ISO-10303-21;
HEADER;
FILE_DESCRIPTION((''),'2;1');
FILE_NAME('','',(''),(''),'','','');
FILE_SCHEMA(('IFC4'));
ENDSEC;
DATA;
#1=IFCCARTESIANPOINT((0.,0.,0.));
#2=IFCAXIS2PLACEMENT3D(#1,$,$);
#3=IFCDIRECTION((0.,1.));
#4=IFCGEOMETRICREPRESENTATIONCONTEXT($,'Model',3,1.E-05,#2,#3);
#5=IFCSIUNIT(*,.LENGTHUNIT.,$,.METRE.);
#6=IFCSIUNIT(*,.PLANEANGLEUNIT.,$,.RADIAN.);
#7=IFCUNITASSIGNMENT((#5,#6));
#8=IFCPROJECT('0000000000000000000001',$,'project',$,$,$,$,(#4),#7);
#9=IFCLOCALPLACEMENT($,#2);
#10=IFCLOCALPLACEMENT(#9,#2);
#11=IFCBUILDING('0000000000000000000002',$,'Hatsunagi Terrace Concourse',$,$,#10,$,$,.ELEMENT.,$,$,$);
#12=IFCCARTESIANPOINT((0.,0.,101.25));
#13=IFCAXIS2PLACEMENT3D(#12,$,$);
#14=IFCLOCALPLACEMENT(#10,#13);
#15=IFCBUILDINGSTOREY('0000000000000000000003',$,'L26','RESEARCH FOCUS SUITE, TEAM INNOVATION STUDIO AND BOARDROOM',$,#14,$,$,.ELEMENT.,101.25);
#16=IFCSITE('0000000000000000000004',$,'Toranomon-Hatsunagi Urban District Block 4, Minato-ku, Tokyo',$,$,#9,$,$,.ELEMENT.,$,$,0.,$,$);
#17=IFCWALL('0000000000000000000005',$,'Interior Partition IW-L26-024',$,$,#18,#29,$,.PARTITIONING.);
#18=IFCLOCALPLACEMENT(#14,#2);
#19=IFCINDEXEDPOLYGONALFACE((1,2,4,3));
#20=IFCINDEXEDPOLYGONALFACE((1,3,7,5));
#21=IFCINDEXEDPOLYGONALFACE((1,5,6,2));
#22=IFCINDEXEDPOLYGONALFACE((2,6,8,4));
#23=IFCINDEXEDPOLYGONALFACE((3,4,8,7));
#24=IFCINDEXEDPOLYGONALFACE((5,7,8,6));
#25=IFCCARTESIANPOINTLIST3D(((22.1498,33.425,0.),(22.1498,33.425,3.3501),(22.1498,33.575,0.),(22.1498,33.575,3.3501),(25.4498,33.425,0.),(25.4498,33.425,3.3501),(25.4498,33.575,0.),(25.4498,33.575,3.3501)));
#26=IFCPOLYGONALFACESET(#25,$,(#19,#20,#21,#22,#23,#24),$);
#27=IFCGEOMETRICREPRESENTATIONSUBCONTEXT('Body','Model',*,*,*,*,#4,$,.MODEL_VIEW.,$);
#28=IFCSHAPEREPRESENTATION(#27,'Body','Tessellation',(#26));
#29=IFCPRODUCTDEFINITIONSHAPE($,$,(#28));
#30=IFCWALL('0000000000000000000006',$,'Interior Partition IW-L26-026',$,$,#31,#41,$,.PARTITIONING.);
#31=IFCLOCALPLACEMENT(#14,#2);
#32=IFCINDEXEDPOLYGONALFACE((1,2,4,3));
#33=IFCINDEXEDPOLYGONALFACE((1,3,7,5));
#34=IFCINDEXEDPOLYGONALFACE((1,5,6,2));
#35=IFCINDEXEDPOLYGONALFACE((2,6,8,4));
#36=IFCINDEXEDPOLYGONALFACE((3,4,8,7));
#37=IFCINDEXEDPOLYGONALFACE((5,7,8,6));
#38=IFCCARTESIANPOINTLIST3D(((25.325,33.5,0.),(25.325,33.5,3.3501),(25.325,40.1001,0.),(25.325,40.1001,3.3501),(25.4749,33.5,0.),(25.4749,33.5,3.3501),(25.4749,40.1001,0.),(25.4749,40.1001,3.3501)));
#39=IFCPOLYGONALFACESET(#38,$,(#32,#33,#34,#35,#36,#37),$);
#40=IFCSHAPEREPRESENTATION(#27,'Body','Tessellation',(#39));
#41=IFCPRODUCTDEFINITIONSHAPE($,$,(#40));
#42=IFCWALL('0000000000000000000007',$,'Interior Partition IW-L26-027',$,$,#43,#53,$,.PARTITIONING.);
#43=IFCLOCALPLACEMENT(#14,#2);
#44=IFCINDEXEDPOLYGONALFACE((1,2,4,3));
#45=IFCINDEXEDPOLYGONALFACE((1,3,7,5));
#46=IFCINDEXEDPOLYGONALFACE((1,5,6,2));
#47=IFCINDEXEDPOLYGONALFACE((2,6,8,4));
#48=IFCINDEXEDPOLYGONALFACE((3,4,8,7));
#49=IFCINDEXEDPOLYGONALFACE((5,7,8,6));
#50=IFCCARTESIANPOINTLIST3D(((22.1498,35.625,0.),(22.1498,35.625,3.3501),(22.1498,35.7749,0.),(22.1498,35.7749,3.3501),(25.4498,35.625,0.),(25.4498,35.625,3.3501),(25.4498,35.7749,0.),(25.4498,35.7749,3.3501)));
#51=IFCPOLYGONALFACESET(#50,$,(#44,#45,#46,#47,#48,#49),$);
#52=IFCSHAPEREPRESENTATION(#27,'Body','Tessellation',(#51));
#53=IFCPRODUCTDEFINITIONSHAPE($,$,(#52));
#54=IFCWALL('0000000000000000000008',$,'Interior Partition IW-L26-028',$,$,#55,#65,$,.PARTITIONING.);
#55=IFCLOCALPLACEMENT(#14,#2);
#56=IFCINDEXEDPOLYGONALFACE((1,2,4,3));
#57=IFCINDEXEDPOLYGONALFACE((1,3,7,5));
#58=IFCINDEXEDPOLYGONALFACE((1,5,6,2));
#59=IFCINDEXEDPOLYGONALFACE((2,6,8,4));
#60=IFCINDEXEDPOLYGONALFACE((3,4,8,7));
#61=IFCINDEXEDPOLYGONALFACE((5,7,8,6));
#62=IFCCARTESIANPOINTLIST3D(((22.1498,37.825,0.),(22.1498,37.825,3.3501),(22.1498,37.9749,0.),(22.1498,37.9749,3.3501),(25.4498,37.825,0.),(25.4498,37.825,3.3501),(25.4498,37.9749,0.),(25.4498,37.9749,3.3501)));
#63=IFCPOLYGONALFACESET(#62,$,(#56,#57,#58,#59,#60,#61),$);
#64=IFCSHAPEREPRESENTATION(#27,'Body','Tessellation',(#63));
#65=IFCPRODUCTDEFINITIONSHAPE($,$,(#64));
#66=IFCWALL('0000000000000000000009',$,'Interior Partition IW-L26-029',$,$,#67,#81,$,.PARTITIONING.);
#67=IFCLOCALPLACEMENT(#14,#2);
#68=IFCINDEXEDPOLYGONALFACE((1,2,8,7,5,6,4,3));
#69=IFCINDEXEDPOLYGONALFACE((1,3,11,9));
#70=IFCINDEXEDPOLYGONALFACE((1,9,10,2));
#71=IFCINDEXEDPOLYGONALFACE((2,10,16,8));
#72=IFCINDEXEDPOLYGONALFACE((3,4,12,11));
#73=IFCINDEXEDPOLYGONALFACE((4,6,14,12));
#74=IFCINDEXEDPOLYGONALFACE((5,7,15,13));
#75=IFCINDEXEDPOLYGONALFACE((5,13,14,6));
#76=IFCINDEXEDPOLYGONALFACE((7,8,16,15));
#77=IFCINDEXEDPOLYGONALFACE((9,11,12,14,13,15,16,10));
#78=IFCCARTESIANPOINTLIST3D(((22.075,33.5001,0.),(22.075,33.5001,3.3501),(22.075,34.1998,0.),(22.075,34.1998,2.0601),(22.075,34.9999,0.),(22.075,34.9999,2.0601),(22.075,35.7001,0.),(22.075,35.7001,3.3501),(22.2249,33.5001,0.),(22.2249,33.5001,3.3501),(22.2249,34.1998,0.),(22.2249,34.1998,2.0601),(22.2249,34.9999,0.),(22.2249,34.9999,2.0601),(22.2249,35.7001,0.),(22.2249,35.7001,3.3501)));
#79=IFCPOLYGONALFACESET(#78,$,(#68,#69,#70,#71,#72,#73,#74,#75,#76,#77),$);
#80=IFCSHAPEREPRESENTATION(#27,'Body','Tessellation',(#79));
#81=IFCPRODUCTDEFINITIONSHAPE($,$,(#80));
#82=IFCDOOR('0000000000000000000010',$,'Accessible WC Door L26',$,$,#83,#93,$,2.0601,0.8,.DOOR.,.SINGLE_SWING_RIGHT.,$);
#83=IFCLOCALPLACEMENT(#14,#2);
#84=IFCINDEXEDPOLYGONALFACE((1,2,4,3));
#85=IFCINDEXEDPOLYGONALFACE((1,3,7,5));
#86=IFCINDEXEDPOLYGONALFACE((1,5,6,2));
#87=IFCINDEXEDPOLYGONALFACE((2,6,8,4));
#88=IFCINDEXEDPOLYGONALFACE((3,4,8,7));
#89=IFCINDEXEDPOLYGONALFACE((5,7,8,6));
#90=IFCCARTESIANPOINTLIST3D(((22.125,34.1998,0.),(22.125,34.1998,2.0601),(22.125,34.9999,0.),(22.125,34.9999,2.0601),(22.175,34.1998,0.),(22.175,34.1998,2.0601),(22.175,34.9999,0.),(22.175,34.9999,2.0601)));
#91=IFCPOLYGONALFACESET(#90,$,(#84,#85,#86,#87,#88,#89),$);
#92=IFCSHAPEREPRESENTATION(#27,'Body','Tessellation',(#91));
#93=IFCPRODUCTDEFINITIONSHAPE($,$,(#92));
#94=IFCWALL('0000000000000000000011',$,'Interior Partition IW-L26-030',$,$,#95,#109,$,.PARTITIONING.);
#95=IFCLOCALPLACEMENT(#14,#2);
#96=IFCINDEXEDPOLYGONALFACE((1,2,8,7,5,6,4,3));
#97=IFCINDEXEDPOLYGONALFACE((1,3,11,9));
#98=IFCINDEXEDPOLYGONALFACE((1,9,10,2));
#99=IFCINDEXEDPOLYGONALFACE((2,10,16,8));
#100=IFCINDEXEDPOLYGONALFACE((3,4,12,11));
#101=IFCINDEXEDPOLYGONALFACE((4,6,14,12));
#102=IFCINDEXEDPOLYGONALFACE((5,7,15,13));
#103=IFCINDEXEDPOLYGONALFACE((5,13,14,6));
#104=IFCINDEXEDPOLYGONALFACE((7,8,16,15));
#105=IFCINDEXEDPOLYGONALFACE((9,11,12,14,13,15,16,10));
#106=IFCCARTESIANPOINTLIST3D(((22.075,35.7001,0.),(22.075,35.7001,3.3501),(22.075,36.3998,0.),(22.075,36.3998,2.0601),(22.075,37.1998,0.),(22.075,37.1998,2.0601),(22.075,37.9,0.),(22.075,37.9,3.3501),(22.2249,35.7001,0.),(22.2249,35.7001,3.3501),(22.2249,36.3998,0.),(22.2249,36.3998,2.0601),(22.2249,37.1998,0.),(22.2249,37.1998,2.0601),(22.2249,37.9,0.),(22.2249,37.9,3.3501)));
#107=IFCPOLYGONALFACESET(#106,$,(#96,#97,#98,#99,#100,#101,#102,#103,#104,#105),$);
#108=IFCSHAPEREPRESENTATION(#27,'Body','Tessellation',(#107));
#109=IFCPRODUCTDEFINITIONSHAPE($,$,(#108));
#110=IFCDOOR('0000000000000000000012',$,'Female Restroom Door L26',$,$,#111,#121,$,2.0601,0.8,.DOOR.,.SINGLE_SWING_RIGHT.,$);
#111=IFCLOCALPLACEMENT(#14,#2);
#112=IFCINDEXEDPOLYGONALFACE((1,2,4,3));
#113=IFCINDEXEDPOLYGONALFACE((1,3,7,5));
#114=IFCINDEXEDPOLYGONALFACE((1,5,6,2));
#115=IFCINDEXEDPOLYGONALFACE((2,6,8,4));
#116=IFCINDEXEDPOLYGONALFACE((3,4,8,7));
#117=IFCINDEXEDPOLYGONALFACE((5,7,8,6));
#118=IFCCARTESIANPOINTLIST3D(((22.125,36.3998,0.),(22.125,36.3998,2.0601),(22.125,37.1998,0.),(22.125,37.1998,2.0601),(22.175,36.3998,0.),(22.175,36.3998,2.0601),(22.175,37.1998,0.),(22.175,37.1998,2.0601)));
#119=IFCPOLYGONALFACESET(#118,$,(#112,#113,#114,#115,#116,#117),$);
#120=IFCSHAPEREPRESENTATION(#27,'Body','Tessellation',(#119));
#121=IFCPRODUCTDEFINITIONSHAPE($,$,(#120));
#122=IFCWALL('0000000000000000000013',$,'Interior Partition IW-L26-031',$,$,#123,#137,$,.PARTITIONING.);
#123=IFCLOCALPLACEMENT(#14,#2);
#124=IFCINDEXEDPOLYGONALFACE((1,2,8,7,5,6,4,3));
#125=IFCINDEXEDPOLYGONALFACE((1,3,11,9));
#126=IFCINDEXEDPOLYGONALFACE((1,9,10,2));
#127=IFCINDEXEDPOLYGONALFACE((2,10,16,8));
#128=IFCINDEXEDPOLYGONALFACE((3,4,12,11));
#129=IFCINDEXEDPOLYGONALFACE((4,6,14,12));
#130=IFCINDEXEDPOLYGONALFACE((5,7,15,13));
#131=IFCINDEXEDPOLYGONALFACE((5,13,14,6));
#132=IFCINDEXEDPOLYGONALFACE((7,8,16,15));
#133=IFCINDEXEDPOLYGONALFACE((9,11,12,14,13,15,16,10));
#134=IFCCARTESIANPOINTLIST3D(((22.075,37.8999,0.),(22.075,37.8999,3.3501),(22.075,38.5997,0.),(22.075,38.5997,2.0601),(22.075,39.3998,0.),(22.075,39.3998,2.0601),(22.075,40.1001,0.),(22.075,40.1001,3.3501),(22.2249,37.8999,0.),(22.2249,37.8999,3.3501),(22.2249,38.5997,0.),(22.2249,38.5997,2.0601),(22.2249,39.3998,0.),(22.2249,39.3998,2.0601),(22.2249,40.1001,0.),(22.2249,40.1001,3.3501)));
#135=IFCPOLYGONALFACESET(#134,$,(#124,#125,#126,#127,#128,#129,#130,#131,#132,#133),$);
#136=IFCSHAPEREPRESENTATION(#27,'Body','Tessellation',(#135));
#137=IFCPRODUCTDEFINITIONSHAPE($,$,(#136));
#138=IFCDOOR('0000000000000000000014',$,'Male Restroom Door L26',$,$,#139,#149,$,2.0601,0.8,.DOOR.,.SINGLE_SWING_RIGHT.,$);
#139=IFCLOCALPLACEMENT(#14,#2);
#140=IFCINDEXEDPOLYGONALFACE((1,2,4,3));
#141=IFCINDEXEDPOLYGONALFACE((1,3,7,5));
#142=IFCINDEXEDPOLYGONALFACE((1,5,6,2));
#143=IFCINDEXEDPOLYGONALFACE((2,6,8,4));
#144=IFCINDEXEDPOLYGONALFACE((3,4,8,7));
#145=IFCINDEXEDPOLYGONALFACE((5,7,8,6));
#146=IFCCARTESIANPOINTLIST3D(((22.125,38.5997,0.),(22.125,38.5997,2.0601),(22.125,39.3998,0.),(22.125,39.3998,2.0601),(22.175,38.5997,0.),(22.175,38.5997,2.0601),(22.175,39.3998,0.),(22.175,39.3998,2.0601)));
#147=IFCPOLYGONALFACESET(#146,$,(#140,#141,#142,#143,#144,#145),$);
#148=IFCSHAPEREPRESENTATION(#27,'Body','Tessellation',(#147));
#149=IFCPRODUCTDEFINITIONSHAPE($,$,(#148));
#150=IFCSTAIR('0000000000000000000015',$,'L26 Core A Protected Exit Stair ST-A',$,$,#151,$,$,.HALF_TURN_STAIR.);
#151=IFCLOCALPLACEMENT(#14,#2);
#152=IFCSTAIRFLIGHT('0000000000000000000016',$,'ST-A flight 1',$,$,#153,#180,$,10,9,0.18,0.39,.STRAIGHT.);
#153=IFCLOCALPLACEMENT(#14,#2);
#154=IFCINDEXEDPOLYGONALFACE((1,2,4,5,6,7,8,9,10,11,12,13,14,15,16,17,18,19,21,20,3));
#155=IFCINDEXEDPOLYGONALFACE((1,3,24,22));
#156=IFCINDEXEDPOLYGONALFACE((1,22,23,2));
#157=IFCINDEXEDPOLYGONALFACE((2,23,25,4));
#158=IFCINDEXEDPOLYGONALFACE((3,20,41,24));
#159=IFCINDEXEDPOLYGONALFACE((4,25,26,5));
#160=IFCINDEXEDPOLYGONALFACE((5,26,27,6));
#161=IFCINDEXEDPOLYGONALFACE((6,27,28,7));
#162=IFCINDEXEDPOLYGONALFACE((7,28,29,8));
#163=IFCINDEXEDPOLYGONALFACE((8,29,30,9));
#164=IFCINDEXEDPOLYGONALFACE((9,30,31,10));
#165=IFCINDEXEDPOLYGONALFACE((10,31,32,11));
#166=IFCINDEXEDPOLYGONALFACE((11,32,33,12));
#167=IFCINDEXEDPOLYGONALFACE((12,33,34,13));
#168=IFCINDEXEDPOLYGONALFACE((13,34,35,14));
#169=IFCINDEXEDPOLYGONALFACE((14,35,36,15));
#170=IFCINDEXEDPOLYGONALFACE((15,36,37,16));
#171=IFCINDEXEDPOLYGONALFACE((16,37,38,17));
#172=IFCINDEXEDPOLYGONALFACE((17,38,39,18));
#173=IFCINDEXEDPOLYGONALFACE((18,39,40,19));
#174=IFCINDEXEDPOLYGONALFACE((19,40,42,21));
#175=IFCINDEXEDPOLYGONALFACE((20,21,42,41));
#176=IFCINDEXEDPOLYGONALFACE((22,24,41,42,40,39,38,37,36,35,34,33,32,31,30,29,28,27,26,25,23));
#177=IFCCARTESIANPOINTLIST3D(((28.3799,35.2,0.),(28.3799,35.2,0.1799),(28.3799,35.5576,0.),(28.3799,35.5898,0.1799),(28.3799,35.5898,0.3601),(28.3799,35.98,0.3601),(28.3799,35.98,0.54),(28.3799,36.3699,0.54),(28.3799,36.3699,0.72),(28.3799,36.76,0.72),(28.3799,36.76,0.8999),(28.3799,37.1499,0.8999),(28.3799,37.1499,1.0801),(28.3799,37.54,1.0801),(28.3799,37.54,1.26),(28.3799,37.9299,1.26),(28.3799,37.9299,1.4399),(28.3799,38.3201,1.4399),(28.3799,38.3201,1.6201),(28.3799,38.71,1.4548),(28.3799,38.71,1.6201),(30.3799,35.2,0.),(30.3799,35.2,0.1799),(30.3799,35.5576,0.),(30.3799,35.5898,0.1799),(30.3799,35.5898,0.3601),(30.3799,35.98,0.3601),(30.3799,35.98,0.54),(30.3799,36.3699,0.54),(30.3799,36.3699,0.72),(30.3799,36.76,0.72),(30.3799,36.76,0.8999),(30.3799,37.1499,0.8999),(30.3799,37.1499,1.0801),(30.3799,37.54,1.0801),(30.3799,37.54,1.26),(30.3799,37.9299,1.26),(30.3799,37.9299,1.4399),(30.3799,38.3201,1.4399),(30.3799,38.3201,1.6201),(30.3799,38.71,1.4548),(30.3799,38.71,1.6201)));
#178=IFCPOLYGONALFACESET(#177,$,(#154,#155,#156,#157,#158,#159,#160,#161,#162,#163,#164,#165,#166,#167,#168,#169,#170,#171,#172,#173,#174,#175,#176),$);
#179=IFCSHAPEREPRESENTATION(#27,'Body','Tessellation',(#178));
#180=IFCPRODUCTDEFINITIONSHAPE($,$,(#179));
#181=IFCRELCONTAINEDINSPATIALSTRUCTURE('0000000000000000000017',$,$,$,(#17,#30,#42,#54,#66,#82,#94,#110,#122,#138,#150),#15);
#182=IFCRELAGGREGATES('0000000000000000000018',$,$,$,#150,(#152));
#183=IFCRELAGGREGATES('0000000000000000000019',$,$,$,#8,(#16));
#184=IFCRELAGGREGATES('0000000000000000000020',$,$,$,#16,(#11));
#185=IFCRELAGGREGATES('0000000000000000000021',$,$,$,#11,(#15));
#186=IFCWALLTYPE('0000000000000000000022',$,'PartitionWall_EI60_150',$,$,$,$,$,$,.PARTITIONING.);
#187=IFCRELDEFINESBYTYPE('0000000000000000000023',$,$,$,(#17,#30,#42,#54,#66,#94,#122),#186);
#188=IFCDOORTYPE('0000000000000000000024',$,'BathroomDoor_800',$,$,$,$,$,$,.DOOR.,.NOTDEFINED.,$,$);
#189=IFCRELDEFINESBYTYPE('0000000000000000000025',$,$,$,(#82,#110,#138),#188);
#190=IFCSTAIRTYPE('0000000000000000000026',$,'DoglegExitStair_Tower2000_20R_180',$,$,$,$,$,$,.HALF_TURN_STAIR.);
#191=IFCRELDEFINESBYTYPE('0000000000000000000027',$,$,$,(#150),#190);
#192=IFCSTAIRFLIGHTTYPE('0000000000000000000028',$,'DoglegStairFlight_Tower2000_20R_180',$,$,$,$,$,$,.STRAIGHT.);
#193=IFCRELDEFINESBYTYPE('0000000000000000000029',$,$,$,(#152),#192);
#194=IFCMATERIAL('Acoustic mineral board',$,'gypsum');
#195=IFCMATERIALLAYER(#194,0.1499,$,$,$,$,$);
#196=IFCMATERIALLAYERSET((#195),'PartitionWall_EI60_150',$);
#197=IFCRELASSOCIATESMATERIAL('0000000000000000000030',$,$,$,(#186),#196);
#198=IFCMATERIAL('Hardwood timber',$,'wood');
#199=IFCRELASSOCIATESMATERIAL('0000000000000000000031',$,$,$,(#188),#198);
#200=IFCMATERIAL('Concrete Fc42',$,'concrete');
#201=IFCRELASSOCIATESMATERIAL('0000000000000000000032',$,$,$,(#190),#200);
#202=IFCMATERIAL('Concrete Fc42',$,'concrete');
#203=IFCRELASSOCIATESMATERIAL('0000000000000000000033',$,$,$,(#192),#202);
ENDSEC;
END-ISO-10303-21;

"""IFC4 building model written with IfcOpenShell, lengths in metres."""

from ifc_helpers import new_model, si_unit, direction, frame, frame_2d, origin, place, context, subcontext, project, spatial, polyline, rectangle, outline, extrude, material, layer, layer_set, type_object, element, fill, aggregate, save


model = new_model("IFC4")

# Units and contexts
model_context = context("Model", 3, precision=1e-05, world=origin(), true_north=direction((0.0, 1.0)))
body_context = subcontext(model_context, "Body", "Model", "MODEL_VIEW")
ifc_project = project(units=[si_unit("LENGTHUNIT", "METRE"), si_unit("PLANEANGLEUNIT", "RADIAN")], contexts=[model_context])

# Site, building, storey
site_placement = place(None, origin())
site = spatial("IfcSite", under=ifc_project, at=site_placement, Name="Toranomon-Hatsunagi Urban District Block 4, Minato-ku, Tokyo", CompositionType="ELEMENT", RefElevation=0.0)
building_placement = place(site_placement, origin())
building = spatial("IfcBuilding", under=site, at=building_placement, Name="Hatsunagi Terrace Concourse", CompositionType="ELEMENT")
storey_placement = place(building_placement, frame((0.0, 0.0, 101.25)))
storey = spatial("IfcBuildingStorey", under=building, at=storey_placement, Name="L26", Description="RESEARCH FOCUS SUITE, TEAM INNOVATION STUDIO AND BOARDROOM", CompositionType="ELEMENT", Elevation=101.25)

# Walls
ifc_material_1 = material(Name="Acoustic mineral board", Category="gypsum")
ifc_layer_1 = layer(ifc_material_1, 0.1499)
ifc_layer_set_1 = layer_set([ifc_layer_1], Name="PartitionWall_EI60_150")
wall_type = type_object("IfcWallType", Name="PartitionWall_EI60_150", PredefinedType="PARTITIONING", material=ifc_layer_set_1)
wall_1_placement = place(storey_placement, frame((22.1499, 33.5, 0.0), z_axis=(0.0, 0.0, 1.0), x_axis=(1.0, 0.0, 0.0)))
element("IfcWall", 1, at=wall_1_placement, inside=storey, type_object=wall_type, Name="Interior Partition IW-L26-024", PredefinedType="PARTITIONING", context=body_context, shape_type="SweptSolid", body=[
    extrude(rectangle(XDim=3.3, YDim=0.1499, at=frame_2d((1.6499, 0.0))), origin(), (0.0, 0.0, 1.0), 3.3501),
])
wall_2_placement = place(storey_placement, frame((25.3999, 33.5, 0.0), z_axis=(0.0, 0.0, 1.0), x_axis=(0.0, 1.0, 0.0)))
element("IfcWall", 2, at=wall_2_placement, inside=storey, type_object=wall_type, Name="Interior Partition IW-L26-026", PredefinedType="PARTITIONING", context=body_context, shape_type="SweptSolid", body=[
    extrude(rectangle(XDim=6.6001, YDim=0.1499, at=frame_2d((3.3, 0.0))), origin(), (0.0, 0.0, 1.0), 3.3501),
])
for number, where, z_axis, x_axis, name in (
    (3, (22.1499, 35.7, 0.0), (0.0, 0.0, 1.0), (1.0, 0.0, 0.0), "Interior Partition IW-L26-027"),
    (4, (22.1499, 37.8999, 0.0), (0.0, 0.0, 1.0), (1.0, 0.0, 0.0), "Interior Partition IW-L26-028"),
):
    element("IfcWall", number, at=place(storey_placement, frame(where, z_axis=z_axis, x_axis=x_axis)), inside=storey, type_object=wall_type, Name=name, PredefinedType="PARTITIONING", context=body_context, shape_type="SweptSolid", body=[
        extrude(rectangle(XDim=3.3, YDim=0.1499, at=frame_2d((1.6499, 0.0))), origin(), (0.0, 0.0, 1.0), 3.3501),
    ])

# Walls, openings, doors
wall_3_placement = place(storey_placement, frame((22.1499, 33.5, 0.0), z_axis=(0.0, 0.0, 1.0), x_axis=(0.0, 1.0, 0.0)))
wall_3 = element("IfcWall", 5, at=wall_3_placement, inside=storey, type_object=wall_type, Name="Interior Partition IW-L26-029", PredefinedType="PARTITIONING", context=body_context, shape_type="SweptSolid", body=[
    extrude(rectangle(XDim=2.2, YDim=0.1499, at=frame_2d((1.1001, 0.0))), origin(), (0.0, 0.0, 1.0), 3.3501),
])
opening_1_placement = place(wall_3_placement, frame((0.7, 0.0, 0.0)))
opening_1 = element("IfcOpeningElement", 6, at=opening_1_placement, cuts=wall_3, PredefinedType="OPENING", context=body_context, shape_type="SweptSolid", body=[
    extrude(rectangle(XDim=0.8, YDim=2.0601, at=frame_2d((0.3999, 1.03))), frame((0.0, 0.085, 0.0), z_axis=(0.0, -1.0, 0.0), x_axis=(1.0, 0.0, 0.0)), (0.0, 0.0, 1.0), 0.1699),
])
ifc_material_2 = material(Name="Hardwood timber", Category="wood")
door_type = type_object("IfcDoorType", Name="BathroomDoor_800", OperationType="NOTDEFINED", PredefinedType="DOOR", material=ifc_material_2)
door_1_placement = place(opening_1_placement, origin())
door_1 = element("IfcDoor", 7, at=door_1_placement, inside=storey, type_object=door_type, Name="Accessible WC Door L26", OperationType="SINGLE_SWING_RIGHT", OverallHeight=2.0601, OverallWidth=0.8, PredefinedType="DOOR", context=body_context, shape_type="SweptSolid", body=[
    extrude(rectangle(XDim=0.8, YDim=2.0601, at=frame_2d((0.3999, 1.03))), frame((0.0, 0.0249, 0.0), z_axis=(0.0, -1.0, 0.0), x_axis=(1.0, 0.0, 0.0)), (0.0, 0.0, 1.0), 0.05),
])
fill(opening_1, door_1)
wall_4_placement = place(storey_placement, frame((22.1499, 35.7, 0.0), z_axis=(0.0, 0.0, 1.0), x_axis=(0.0, 1.0, 0.0)))
wall_4 = element("IfcWall", 8, at=wall_4_placement, inside=storey, type_object=wall_type, Name="Interior Partition IW-L26-030", PredefinedType="PARTITIONING", context=body_context, shape_type="SweptSolid", body=[
    extrude(rectangle(XDim=2.2, YDim=0.1499, at=frame_2d((1.1001, 0.0))), origin(), (0.0, 0.0, 1.0), 3.3501),
])
opening_2_placement = place(wall_4_placement, frame((0.7, 0.0, 0.0)))
opening_2 = element("IfcOpeningElement", 9, at=opening_2_placement, cuts=wall_4, PredefinedType="OPENING", context=body_context, shape_type="SweptSolid", body=[
    extrude(rectangle(XDim=0.8, YDim=2.0601, at=frame_2d((0.3999, 1.03))), frame((0.0, 0.085, 0.0), z_axis=(0.0, -1.0, 0.0), x_axis=(1.0, 0.0, 0.0)), (0.0, 0.0, 1.0), 0.1699),
])
door_2_placement = place(opening_2_placement, origin())
door_2 = element("IfcDoor", 10, at=door_2_placement, inside=storey, type_object=door_type, Name="Female Restroom Door L26", OperationType="SINGLE_SWING_RIGHT", OverallHeight=2.0601, OverallWidth=0.8, PredefinedType="DOOR", context=body_context, shape_type="SweptSolid", body=[
    extrude(rectangle(XDim=0.8, YDim=2.0601, at=frame_2d((0.3999, 1.03))), frame((0.0, 0.0249, 0.0), z_axis=(0.0, -1.0, 0.0), x_axis=(1.0, 0.0, 0.0)), (0.0, 0.0, 1.0), 0.05),
])
fill(opening_2, door_2)
wall_5_placement = place(storey_placement, frame((22.1499, 37.8999, 0.0), z_axis=(0.0, 0.0, 1.0), x_axis=(0.0, 1.0, 0.0)))
wall_5 = element("IfcWall", 11, at=wall_5_placement, inside=storey, type_object=wall_type, Name="Interior Partition IW-L26-031", PredefinedType="PARTITIONING", context=body_context, shape_type="SweptSolid", body=[
    extrude(rectangle(XDim=2.2002, YDim=0.1499, at=frame_2d((1.1001, 0.0))), origin(), (0.0, 0.0, 1.0), 3.3501),
])
opening_3_placement = place(wall_5_placement, frame((0.7, 0.0, 0.0)))
opening_3 = element("IfcOpeningElement", 12, at=opening_3_placement, cuts=wall_5, PredefinedType="OPENING", context=body_context, shape_type="SweptSolid", body=[
    extrude(rectangle(XDim=0.8, YDim=2.0601, at=frame_2d((0.3999, 1.03))), frame((0.0, 0.085, 0.0), z_axis=(0.0, -1.0, 0.0), x_axis=(1.0, 0.0, 0.0)), (0.0, 0.0, 1.0), 0.1699),
])
door_3_placement = place(opening_3_placement, origin())
door_3 = element("IfcDoor", 13, at=door_3_placement, inside=storey, type_object=door_type, Name="Male Restroom Door L26", OperationType="SINGLE_SWING_RIGHT", OverallHeight=2.0601, OverallWidth=0.8, PredefinedType="DOOR", context=body_context, shape_type="SweptSolid", body=[
    extrude(rectangle(XDim=0.8, YDim=2.0601, at=frame_2d((0.3999, 1.03))), frame((0.0, 0.0249, 0.0), z_axis=(0.0, -1.0, 0.0), x_axis=(1.0, 0.0, 0.0)), (0.0, 0.0, 1.0), 0.05),
])
fill(opening_3, door_3)

# Stair, stair flight
ifc_material_3 = material(Name="Concrete Fc42", Category="concrete")
stair_type = type_object("IfcStairType", Name="DoglegExitStair_Tower2000_20R_180", PredefinedType="HALF_TURN_STAIR", material=ifc_material_3)
stair_placement = place(storey_placement, origin())
stair = element("IfcStair", 14, at=stair_placement, inside=storey, type_object=stair_type, Name="L26 Core A Protected Exit Stair ST-A", PredefinedType="HALF_TURN_STAIR")
ifc_material_4 = material(Name="Concrete Fc42", Category="concrete")
stair_flight_type = type_object("IfcStairFlightType", Name="DoglegStairFlight_Tower2000_20R_180", PredefinedType="STRAIGHT", material=ifc_material_4)
stair_flight_1_placement = place(storey_placement, frame((29.3799, 35.2, 0.0), z_axis=(0.0, 0.0, 1.0), x_axis=(0.0, 1.0, 0.0)))
stair_flight_1 = element("IfcStairFlight", 15, at=stair_flight_1_placement, type_object=stair_flight_type, Name="ST-A flight 1", NumberOfRisers=10, NumberOfTreads=9, PredefinedType="STRAIGHT", RiserHeight=0.18, TreadLength=0.39, context=body_context, shape_type="SweptSolid", body=[
    extrude(outline(polyline([(0.0, 0.0), (0.0, 0.1799), (0.3899, 0.1799), (0.3899, 0.3601), (0.78, 0.3601), (0.78, 0.54), (1.1699, 0.54), (1.1699, 0.72), (1.5601, 0.72), (1.5601, 0.8999), (1.95, 0.8999), (1.95, 1.0801), (2.3401, 1.0801), (2.3401, 1.26), (2.73, 1.26), (2.73, 1.4399), (3.1201, 1.4399), (3.1201, 1.6201), (3.51, 1.6201), (3.51, 1.8), (3.51, 1.4548), (0.3577, 0.0), (0.0, 0.0)])), frame((0.0, 1.0, 0.0), z_axis=(0.0, -1.0, 0.0), x_axis=(1.0, 0.0, 0.0)), (0.0, 0.0, 1.0), 2.0),
])
aggregate(stair, [stair_flight_1])

save(model, "model.ifc")
